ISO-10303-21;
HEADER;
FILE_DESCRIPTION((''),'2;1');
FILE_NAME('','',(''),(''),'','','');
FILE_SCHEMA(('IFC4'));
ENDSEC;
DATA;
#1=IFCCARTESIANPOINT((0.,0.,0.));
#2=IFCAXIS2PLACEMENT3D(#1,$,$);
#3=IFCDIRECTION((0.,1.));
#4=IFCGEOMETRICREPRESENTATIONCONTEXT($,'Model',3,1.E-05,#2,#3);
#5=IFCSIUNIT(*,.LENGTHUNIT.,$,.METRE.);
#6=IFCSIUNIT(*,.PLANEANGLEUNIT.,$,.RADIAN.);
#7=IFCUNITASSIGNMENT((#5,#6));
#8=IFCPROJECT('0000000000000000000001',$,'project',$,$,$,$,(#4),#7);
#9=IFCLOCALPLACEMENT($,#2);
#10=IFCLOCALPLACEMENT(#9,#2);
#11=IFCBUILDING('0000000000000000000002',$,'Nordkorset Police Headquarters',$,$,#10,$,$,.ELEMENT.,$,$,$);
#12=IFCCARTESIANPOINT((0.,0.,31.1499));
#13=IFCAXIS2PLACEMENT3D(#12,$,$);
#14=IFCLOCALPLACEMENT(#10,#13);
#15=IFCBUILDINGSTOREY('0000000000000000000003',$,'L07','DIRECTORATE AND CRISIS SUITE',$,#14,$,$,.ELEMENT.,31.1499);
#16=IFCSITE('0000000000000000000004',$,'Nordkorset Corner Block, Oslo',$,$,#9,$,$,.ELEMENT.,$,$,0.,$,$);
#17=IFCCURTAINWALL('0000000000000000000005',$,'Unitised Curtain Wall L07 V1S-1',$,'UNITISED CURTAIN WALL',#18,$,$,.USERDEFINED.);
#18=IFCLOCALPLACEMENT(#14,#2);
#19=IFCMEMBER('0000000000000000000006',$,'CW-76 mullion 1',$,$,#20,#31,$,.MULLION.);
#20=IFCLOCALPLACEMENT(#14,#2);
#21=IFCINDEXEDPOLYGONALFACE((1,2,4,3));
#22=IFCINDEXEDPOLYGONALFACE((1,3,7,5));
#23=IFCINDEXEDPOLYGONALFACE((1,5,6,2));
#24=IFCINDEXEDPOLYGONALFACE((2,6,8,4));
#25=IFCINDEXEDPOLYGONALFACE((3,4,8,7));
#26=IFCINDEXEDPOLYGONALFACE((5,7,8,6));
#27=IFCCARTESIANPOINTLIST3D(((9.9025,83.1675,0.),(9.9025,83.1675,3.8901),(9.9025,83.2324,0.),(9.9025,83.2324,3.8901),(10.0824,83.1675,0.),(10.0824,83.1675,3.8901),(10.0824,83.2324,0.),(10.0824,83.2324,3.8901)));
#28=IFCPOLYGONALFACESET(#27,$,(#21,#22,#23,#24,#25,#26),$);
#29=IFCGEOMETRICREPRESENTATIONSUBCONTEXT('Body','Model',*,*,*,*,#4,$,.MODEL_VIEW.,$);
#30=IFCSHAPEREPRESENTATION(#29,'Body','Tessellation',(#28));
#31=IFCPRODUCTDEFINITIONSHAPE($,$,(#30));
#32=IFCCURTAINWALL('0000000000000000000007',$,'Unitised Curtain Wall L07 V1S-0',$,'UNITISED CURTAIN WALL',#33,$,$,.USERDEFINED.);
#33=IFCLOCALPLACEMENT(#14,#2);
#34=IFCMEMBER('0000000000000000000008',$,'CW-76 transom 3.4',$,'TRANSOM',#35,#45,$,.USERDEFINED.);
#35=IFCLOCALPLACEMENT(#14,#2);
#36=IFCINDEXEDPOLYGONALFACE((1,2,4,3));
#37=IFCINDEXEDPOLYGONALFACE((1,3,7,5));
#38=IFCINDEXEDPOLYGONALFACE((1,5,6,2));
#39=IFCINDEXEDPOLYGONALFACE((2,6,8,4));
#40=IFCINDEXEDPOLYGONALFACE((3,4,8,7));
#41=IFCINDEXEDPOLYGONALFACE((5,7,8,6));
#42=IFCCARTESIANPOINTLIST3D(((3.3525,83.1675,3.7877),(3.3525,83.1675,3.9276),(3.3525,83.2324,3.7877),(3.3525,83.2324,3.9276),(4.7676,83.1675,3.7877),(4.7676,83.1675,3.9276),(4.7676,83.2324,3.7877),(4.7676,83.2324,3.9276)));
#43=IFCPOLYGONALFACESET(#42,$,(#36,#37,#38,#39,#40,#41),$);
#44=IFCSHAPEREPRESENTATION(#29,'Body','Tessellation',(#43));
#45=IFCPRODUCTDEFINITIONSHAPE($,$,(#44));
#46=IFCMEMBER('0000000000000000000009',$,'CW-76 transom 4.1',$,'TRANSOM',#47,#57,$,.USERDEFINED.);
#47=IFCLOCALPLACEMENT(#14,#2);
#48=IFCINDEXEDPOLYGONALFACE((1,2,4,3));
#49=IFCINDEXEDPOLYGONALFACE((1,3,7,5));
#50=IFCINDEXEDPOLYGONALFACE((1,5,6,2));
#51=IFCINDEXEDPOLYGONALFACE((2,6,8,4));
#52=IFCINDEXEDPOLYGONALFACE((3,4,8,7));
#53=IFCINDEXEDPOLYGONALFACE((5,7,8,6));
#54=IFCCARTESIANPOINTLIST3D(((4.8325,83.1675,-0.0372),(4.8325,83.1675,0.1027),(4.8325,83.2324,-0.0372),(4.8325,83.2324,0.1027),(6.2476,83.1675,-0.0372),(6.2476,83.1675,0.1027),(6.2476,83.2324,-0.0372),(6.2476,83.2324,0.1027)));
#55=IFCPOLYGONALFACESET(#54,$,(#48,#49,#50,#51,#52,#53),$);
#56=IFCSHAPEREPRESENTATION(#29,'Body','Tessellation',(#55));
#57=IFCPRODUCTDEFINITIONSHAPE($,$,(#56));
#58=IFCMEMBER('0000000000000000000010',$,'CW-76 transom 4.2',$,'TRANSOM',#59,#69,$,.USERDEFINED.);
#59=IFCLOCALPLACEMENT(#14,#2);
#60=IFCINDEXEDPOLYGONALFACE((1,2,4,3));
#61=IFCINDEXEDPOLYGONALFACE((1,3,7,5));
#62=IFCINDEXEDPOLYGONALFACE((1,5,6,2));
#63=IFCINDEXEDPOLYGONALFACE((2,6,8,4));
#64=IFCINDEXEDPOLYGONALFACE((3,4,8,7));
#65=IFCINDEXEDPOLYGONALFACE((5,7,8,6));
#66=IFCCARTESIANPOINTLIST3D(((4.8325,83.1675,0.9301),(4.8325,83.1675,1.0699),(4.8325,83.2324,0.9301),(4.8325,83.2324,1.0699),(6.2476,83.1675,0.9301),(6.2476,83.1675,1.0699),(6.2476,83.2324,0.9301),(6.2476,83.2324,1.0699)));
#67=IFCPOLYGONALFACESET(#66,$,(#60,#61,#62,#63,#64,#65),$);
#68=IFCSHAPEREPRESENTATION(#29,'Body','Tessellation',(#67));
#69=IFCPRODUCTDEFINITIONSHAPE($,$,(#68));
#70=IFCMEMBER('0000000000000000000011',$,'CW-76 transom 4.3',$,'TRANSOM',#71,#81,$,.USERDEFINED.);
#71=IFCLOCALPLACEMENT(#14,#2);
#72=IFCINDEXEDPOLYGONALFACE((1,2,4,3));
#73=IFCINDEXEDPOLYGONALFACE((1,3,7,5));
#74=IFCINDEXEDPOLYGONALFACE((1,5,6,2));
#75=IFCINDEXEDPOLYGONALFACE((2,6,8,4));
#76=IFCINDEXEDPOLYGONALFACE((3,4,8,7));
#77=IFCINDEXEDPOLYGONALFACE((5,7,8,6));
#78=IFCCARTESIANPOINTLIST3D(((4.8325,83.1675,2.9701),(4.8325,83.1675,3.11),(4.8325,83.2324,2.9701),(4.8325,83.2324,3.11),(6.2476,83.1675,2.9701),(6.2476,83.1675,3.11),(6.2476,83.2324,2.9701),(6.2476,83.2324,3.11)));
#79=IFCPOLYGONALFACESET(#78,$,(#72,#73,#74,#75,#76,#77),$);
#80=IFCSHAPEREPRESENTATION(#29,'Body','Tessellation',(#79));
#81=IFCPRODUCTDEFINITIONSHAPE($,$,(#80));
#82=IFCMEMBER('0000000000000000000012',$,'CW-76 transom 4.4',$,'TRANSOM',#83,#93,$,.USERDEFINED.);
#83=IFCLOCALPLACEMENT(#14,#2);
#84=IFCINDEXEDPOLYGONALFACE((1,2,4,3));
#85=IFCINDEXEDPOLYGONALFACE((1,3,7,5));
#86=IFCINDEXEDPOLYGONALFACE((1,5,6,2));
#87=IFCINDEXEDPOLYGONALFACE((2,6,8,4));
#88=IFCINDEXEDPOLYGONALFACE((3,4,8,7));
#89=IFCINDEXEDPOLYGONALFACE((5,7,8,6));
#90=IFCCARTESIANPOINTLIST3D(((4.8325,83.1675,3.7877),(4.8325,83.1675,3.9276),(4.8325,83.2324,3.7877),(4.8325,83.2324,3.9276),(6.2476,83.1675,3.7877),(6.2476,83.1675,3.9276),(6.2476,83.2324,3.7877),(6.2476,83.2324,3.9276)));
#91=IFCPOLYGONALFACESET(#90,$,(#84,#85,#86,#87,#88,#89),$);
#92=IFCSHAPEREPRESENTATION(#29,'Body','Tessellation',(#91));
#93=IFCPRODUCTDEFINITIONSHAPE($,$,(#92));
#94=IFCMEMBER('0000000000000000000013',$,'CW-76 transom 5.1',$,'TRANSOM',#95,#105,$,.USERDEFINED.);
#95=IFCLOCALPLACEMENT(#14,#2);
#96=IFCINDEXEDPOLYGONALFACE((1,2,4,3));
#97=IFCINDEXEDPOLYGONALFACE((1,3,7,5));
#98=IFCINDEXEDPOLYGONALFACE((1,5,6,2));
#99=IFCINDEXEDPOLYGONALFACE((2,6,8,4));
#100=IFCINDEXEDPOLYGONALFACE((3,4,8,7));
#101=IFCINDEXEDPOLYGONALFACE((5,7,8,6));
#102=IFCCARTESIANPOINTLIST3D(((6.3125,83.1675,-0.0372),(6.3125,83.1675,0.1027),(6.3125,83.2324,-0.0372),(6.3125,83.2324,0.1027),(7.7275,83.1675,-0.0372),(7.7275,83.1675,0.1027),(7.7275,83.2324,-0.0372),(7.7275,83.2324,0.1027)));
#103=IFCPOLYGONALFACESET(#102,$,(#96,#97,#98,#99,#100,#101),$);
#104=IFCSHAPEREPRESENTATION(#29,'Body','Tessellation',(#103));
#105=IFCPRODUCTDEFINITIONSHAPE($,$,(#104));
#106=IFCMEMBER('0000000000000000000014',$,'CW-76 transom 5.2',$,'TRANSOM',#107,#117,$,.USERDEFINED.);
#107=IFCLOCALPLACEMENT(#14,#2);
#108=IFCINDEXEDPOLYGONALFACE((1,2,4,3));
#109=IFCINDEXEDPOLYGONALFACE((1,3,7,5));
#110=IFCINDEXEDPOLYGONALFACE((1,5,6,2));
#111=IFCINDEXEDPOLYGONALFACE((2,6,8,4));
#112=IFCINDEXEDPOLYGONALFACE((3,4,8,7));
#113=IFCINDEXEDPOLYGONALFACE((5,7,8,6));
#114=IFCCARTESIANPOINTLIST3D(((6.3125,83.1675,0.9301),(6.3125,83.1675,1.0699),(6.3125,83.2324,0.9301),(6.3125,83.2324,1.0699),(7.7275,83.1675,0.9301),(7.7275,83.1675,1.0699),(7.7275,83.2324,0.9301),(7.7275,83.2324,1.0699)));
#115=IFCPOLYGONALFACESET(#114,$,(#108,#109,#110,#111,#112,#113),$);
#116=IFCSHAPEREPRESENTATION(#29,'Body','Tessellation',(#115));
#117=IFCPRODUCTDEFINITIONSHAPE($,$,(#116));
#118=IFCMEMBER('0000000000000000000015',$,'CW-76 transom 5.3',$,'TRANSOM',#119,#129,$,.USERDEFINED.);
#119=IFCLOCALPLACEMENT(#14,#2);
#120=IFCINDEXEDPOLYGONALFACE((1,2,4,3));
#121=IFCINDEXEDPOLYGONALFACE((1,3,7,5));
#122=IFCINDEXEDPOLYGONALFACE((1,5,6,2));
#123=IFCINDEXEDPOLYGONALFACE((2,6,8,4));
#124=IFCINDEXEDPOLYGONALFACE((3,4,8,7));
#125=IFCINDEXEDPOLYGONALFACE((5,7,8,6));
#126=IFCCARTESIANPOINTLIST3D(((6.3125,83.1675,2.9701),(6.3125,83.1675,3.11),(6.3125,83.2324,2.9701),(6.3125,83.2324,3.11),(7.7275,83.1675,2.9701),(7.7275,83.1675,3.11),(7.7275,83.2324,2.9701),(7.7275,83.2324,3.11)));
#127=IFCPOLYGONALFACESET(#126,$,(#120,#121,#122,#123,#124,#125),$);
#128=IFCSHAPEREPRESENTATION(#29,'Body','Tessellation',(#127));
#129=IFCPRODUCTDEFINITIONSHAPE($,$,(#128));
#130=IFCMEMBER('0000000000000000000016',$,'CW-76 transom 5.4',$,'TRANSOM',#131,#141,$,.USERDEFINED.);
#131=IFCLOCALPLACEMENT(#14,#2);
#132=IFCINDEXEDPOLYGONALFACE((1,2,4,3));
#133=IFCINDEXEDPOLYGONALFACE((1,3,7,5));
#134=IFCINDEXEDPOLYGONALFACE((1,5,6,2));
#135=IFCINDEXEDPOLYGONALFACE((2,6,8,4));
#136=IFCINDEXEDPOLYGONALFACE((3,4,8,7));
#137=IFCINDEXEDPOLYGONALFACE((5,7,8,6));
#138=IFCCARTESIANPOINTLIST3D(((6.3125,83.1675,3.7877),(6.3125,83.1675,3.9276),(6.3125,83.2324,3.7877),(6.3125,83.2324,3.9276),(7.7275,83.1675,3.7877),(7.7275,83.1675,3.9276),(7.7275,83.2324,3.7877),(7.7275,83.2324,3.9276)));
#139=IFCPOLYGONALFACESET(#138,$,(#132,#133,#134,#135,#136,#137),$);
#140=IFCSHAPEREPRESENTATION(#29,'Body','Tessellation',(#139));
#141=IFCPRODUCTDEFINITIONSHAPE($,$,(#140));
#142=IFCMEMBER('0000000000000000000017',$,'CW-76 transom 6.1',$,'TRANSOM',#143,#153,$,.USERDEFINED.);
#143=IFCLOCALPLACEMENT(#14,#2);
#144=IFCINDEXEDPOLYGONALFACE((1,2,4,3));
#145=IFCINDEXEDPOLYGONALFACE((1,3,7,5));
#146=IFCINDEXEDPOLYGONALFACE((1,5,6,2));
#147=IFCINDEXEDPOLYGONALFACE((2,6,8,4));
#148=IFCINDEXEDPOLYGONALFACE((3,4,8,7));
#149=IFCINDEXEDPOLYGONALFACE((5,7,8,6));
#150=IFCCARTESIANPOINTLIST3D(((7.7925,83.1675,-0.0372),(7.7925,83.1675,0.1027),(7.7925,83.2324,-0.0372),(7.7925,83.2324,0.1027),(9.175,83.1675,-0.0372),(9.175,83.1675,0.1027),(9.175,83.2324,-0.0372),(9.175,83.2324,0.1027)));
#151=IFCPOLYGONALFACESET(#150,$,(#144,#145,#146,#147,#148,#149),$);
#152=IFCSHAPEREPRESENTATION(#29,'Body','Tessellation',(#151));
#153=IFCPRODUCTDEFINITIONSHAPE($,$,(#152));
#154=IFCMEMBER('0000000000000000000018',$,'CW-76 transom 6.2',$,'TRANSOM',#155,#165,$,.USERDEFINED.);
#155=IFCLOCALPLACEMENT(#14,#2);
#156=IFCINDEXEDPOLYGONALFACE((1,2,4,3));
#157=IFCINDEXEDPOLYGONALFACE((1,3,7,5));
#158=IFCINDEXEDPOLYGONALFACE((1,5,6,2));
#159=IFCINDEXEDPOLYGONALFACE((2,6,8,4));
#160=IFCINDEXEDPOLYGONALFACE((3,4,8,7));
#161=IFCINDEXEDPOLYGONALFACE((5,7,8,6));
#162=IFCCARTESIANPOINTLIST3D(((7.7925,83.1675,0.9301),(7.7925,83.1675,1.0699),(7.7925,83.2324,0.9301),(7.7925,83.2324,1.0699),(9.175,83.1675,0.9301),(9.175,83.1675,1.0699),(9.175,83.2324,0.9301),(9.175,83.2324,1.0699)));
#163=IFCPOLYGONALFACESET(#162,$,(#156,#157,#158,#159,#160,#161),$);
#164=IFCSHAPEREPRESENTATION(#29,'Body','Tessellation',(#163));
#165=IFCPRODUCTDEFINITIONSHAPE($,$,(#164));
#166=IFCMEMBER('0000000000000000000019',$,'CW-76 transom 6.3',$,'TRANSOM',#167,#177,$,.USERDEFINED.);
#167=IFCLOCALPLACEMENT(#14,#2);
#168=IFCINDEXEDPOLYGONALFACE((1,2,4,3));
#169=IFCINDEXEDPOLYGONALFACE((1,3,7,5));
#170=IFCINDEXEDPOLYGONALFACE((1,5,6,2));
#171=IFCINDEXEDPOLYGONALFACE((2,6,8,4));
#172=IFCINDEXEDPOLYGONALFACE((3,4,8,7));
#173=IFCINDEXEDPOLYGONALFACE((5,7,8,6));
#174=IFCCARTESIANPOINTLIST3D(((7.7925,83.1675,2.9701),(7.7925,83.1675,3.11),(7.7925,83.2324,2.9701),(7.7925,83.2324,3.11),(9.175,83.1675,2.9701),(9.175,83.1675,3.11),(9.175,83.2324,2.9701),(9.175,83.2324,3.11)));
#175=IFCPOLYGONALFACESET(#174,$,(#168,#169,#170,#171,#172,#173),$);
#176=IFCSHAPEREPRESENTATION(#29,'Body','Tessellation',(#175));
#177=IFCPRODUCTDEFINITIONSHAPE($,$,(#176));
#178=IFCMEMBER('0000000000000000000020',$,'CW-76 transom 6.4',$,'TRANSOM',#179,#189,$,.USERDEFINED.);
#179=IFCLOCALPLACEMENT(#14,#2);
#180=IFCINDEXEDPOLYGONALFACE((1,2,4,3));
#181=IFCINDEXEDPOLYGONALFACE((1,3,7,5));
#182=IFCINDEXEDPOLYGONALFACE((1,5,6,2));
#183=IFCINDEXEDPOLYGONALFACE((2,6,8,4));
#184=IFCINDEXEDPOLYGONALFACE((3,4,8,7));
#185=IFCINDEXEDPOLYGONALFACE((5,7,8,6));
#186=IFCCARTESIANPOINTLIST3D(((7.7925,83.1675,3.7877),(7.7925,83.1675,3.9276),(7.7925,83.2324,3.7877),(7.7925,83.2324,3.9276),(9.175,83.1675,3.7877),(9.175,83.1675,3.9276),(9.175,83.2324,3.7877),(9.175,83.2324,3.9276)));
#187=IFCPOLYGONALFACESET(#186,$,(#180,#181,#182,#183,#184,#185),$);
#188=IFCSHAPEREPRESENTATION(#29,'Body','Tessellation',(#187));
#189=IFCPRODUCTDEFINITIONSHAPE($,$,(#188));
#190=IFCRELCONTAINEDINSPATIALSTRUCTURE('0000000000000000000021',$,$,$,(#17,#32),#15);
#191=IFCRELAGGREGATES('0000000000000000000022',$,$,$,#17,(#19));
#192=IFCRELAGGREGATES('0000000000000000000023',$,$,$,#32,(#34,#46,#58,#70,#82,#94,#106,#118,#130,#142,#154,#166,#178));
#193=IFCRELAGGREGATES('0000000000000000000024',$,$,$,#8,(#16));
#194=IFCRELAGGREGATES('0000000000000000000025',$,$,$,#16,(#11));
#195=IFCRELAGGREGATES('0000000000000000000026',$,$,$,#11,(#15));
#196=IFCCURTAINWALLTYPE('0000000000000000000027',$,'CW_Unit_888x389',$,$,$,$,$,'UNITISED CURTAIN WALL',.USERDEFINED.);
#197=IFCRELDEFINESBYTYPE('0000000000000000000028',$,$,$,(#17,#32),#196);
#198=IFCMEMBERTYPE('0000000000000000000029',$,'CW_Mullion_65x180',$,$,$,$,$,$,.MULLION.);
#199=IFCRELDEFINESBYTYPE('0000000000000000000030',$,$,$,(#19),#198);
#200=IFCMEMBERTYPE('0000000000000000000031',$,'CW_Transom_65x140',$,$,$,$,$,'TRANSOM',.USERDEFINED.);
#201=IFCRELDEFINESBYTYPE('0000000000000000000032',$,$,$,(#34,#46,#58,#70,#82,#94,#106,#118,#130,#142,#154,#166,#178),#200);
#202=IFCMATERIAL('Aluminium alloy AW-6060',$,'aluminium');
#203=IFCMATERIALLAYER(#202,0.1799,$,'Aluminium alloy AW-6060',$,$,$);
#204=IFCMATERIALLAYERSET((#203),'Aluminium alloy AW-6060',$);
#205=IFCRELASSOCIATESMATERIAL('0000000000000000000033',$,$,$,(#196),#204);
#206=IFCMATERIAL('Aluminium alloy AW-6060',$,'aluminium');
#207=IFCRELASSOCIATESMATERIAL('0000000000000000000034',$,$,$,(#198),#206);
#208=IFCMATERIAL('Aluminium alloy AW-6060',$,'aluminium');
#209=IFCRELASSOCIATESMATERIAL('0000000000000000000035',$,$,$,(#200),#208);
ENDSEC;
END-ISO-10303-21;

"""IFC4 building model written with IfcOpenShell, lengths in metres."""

from ifc_helpers import new_model, si_unit, direction, frame, origin, origin_2d, place, context, subcontext, project, spatial, rectangle, extrude, material, layer, layer_set, material_profile, profile_set, type_object, element, aggregate, save


model = new_model("IFC4")

# Units and contexts
model_context = context("Model", 3, precision=1e-05, world=origin(), true_north=direction((0.0, 1.0)))
body_context = subcontext(model_context, "Body", "Model", "MODEL_VIEW")
ifc_project = project(units=[si_unit("LENGTHUNIT", "METRE"), si_unit("PLANEANGLEUNIT", "RADIAN")], contexts=[model_context])

# Site, building, storey
site_placement = place(None, origin())
site = spatial("IfcSite", under=ifc_project, at=site_placement, Name="Nordkorset Corner Block, Oslo", CompositionType="ELEMENT", RefElevation=0.0)
building_placement = place(site_placement, origin())
building = spatial("IfcBuilding", under=site, at=building_placement, Name="Nordkorset Police Headquarters", CompositionType="ELEMENT")
storey_placement = place(building_placement, frame((0.0, 0.0, 31.1499)))
storey = spatial("IfcBuildingStorey", under=building, at=storey_placement, Name="L07", Description="DIRECTORATE AND CRISIS SUITE", CompositionType="ELEMENT", Elevation=31.1499)

# Curtain wall, member
ifc_material_1 = material(Name="Aluminium alloy AW-6060", Category="aluminium")
ifc_layer_1 = layer(ifc_material_1, 0.1799, Name="Aluminium alloy AW-6060")
ifc_layer_set_1 = layer_set([ifc_layer_1], Name="Aluminium alloy AW-6060")
curtain_wall_type = type_object("IfcCurtainWallType", Name="CW_Unit_888x389", ElementType="UNITISED CURTAIN WALL", PredefinedType="USERDEFINED", material=ifc_layer_set_1)
curtain_wall_1_placement = place(storey_placement, origin())
curtain_wall_1 = element("IfcCurtainWall", 1, at=curtain_wall_1_placement, inside=storey, type_object=curtain_wall_type, Name="Unitised Curtain Wall L07 V1S-1", ObjectType="UNITISED CURTAIN WALL", PredefinedType="USERDEFINED")
ifc_material_2 = material(Name="Aluminium alloy AW-6060", Category="aluminium")
ifc_material_profile_1 = material_profile(ifc_material_2, rectangle(XDim=0.0649, YDim=0.1799, at=origin_2d()), Name="ALU MULL 65x180")
ifc_profile_set_1 = profile_set([ifc_material_profile_1], Name="Aluminium alloy AW-6060")
member_type_1 = type_object("IfcMemberType", Name="CW_Mullion_65x180", PredefinedType="MULLION", material=ifc_profile_set_1)
member_1_placement = place(storey_placement, frame((9.9924, 83.2, 0.0), z_axis=(0.0, 0.0, 1.0), x_axis=(0.0, 1.0, 0.0)))
member_1 = element("IfcMember", 2, at=member_1_placement, type_object=member_type_1, Name="CW-76 mullion 1", PredefinedType="MULLION", context=body_context, shape_type="SweptSolid", body=[
    extrude(rectangle(XDim=0.0649, YDim=0.1799, at=origin_2d()), origin(), (0.0, 0.0, 1.0), 3.8901),
])
aggregate(curtain_wall_1, [member_1])

# Curtain wall, members
curtain_wall_2_placement = place(storey_placement, origin())
curtain_wall_2 = element("IfcCurtainWall", 3, at=curtain_wall_2_placement, inside=storey, type_object=curtain_wall_type, Name="Unitised Curtain Wall L07 V1S-0", ObjectType="UNITISED CURTAIN WALL", PredefinedType="USERDEFINED")
ifc_material_3 = material(Name="Aluminium alloy AW-6060", Category="aluminium")
ifc_material_profile_2 = material_profile(ifc_material_3, rectangle(XDim=0.0649, YDim=0.1399, at=origin_2d()), Name="ALU TRAN 65x140")
ifc_profile_set_2 = profile_set([ifc_material_profile_2], Name="Aluminium alloy AW-6060")
member_type_2 = type_object("IfcMemberType", Name="CW_Transom_65x140", ElementType="TRANSOM", PredefinedType="USERDEFINED", material=ifc_profile_set_2)
member_2_placement = place(storey_placement, frame((3.3525, 83.2, 3.8577), z_axis=(1.0, 0.0, 0.0), x_axis=(0.0, 1.0, 0.0)))
member_2 = element("IfcMember", 4, at=member_2_placement, type_object=member_type_2, Name="CW-76 transom 3.4", ObjectType="TRANSOM", PredefinedType="USERDEFINED", context=body_context, shape_type="SweptSolid", body=[
    extrude(rectangle(XDim=0.0649, YDim=0.1399, at=origin_2d()), origin(), (0.0, 0.0, 1.0), 1.415),
])
member_3_placement = place(storey_placement, frame((4.8325, 83.2, 0.0327), z_axis=(1.0, 0.0, 0.0), x_axis=(0.0, 1.0, 0.0)))
member_3 = element("IfcMember", 5, at=member_3_placement, type_object=member_type_2, Name="CW-76 transom 4.1", ObjectType="TRANSOM", PredefinedType="USERDEFINED", context=body_context, shape_type="SweptSolid", body=[
    extrude(rectangle(XDim=0.0649, YDim=0.1399, at=origin_2d()), origin(), (0.0, 0.0, 1.0), 1.415),
])
member_4_placement = place(storey_placement, frame((4.8325, 83.2, 1.0), z_axis=(1.0, 0.0, 0.0), x_axis=(0.0, 1.0, 0.0)))
member_4 = element("IfcMember", 6, at=member_4_placement, type_object=member_type_2, Name="CW-76 transom 4.2", ObjectType="TRANSOM", PredefinedType="USERDEFINED", context=body_context, shape_type="SweptSolid", body=[
    extrude(rectangle(XDim=0.0649, YDim=0.1399, at=origin_2d()), origin(), (0.0, 0.0, 1.0), 1.415),
])
member_5_placement = place(storey_placement, frame((4.8325, 83.2, 3.04), z_axis=(1.0, 0.0, 0.0), x_axis=(0.0, 1.0, 0.0)))
member_5 = element("IfcMember", 7, at=member_5_placement, type_object=member_type_2, Name="CW-76 transom 4.3", ObjectType="TRANSOM", PredefinedType="USERDEFINED", context=body_context, shape_type="SweptSolid", body=[
    extrude(rectangle(XDim=0.0649, YDim=0.1399, at=origin_2d()), origin(), (0.0, 0.0, 1.0), 1.415),
])
member_6_placement = place(storey_placement, frame((4.8325, 83.2, 3.8577), z_axis=(1.0, 0.0, 0.0), x_axis=(0.0, 1.0, 0.0)))
member_6 = element("IfcMember", 8, at=member_6_placement, type_object=member_type_2, Name="CW-76 transom 4.4", ObjectType="TRANSOM", PredefinedType="USERDEFINED", context=body_context, shape_type="SweptSolid", body=[
    extrude(rectangle(XDim=0.0649, YDim=0.1399, at=origin_2d()), origin(), (0.0, 0.0, 1.0), 1.415),
])
member_7_placement = place(storey_placement, frame((6.3125, 83.2, 0.0327), z_axis=(1.0, 0.0, 0.0), x_axis=(0.0, 1.0, 0.0)))
member_7 = element("IfcMember", 9, at=member_7_placement, type_object=member_type_2, Name="CW-76 transom 5.1", ObjectType="TRANSOM", PredefinedType="USERDEFINED", context=body_context, shape_type="SweptSolid", body=[
    extrude(rectangle(XDim=0.0649, YDim=0.1399, at=origin_2d()), origin(), (0.0, 0.0, 1.0), 1.415),
])
member_8_placement = place(storey_placement, frame((6.3125, 83.2, 1.0), z_axis=(1.0, 0.0, 0.0), x_axis=(0.0, 1.0, 0.0)))
member_8 = element("IfcMember", 10, at=member_8_placement, type_object=member_type_2, Name="CW-76 transom 5.2", ObjectType="TRANSOM", PredefinedType="USERDEFINED", context=body_context, shape_type="SweptSolid", body=[
    extrude(rectangle(XDim=0.0649, YDim=0.1399, at=origin_2d()), origin(), (0.0, 0.0, 1.0), 1.415),
])
member_9_placement = place(storey_placement, frame((6.3125, 83.2, 3.04), z_axis=(1.0, 0.0, 0.0), x_axis=(0.0, 1.0, 0.0)))
member_9 = element("IfcMember", 11, at=member_9_placement, type_object=member_type_2, Name="CW-76 transom 5.3", ObjectType="TRANSOM", PredefinedType="USERDEFINED", context=body_context, shape_type="SweptSolid", body=[
    extrude(rectangle(XDim=0.0649, YDim=0.1399, at=origin_2d()), origin(), (0.0, 0.0, 1.0), 1.415),
])
member_10_placement = place(storey_placement, frame((6.3125, 83.2, 3.8577), z_axis=(1.0, 0.0, 0.0), x_axis=(0.0, 1.0, 0.0)))
member_10 = element("IfcMember", 12, at=member_10_placement, type_object=member_type_2, Name="CW-76 transom 5.4", ObjectType="TRANSOM", PredefinedType="USERDEFINED", context=body_context, shape_type="SweptSolid", body=[
    extrude(rectangle(XDim=0.0649, YDim=0.1399, at=origin_2d()), origin(), (0.0, 0.0, 1.0), 1.415),
])
member_11_placement = place(storey_placement, frame((7.7925, 83.2, 0.0327), z_axis=(1.0, 0.0, 0.0), x_axis=(0.0, 1.0, 0.0)))
member_11 = element("IfcMember", 13, at=member_11_placement, type_object=member_type_2, Name="CW-76 transom 6.1", ObjectType="TRANSOM", PredefinedType="USERDEFINED", context=body_context, shape_type="SweptSolid", body=[
    extrude(rectangle(XDim=0.0649, YDim=0.1399, at=origin_2d()), origin(), (0.0, 0.0, 1.0), 1.3826),
])
member_12_placement = place(storey_placement, frame((7.7925, 83.2, 1.0), z_axis=(1.0, 0.0, 0.0), x_axis=(0.0, 1.0, 0.0)))
member_12 = element("IfcMember", 14, at=member_12_placement, type_object=member_type_2, Name="CW-76 transom 6.2", ObjectType="TRANSOM", PredefinedType="USERDEFINED", context=body_context, shape_type="SweptSolid", body=[
    extrude(rectangle(XDim=0.0649, YDim=0.1399, at=origin_2d()), origin(), (0.0, 0.0, 1.0), 1.3826),
])
member_13_placement = place(storey_placement, frame((7.7925, 83.2, 3.04), z_axis=(1.0, 0.0, 0.0), x_axis=(0.0, 1.0, 0.0)))
member_13 = element("IfcMember", 15, at=member_13_placement, type_object=member_type_2, Name="CW-76 transom 6.3", ObjectType="TRANSOM", PredefinedType="USERDEFINED", context=body_context, shape_type="SweptSolid", body=[
    extrude(rectangle(XDim=0.0649, YDim=0.1399, at=origin_2d()), origin(), (0.0, 0.0, 1.0), 1.3826),
])
member_14_placement = place(storey_placement, frame((7.7925, 83.2, 3.8577), z_axis=(1.0, 0.0, 0.0), x_axis=(0.0, 1.0, 0.0)))
member_14 = element("IfcMember", 16, at=member_14_placement, type_object=member_type_2, Name="CW-76 transom 6.4", ObjectType="TRANSOM", PredefinedType="USERDEFINED", context=body_context, shape_type="SweptSolid", body=[
    extrude(rectangle(XDim=0.0649, YDim=0.1399, at=origin_2d()), origin(), (0.0, 0.0, 1.0), 1.3826),
])
aggregate(curtain_wall_2, [member_2, member_3, member_4, member_5, member_6, member_7, member_8, member_9, member_10, member_11, member_12, member_13, member_14])

save(model, "model.ifc")
